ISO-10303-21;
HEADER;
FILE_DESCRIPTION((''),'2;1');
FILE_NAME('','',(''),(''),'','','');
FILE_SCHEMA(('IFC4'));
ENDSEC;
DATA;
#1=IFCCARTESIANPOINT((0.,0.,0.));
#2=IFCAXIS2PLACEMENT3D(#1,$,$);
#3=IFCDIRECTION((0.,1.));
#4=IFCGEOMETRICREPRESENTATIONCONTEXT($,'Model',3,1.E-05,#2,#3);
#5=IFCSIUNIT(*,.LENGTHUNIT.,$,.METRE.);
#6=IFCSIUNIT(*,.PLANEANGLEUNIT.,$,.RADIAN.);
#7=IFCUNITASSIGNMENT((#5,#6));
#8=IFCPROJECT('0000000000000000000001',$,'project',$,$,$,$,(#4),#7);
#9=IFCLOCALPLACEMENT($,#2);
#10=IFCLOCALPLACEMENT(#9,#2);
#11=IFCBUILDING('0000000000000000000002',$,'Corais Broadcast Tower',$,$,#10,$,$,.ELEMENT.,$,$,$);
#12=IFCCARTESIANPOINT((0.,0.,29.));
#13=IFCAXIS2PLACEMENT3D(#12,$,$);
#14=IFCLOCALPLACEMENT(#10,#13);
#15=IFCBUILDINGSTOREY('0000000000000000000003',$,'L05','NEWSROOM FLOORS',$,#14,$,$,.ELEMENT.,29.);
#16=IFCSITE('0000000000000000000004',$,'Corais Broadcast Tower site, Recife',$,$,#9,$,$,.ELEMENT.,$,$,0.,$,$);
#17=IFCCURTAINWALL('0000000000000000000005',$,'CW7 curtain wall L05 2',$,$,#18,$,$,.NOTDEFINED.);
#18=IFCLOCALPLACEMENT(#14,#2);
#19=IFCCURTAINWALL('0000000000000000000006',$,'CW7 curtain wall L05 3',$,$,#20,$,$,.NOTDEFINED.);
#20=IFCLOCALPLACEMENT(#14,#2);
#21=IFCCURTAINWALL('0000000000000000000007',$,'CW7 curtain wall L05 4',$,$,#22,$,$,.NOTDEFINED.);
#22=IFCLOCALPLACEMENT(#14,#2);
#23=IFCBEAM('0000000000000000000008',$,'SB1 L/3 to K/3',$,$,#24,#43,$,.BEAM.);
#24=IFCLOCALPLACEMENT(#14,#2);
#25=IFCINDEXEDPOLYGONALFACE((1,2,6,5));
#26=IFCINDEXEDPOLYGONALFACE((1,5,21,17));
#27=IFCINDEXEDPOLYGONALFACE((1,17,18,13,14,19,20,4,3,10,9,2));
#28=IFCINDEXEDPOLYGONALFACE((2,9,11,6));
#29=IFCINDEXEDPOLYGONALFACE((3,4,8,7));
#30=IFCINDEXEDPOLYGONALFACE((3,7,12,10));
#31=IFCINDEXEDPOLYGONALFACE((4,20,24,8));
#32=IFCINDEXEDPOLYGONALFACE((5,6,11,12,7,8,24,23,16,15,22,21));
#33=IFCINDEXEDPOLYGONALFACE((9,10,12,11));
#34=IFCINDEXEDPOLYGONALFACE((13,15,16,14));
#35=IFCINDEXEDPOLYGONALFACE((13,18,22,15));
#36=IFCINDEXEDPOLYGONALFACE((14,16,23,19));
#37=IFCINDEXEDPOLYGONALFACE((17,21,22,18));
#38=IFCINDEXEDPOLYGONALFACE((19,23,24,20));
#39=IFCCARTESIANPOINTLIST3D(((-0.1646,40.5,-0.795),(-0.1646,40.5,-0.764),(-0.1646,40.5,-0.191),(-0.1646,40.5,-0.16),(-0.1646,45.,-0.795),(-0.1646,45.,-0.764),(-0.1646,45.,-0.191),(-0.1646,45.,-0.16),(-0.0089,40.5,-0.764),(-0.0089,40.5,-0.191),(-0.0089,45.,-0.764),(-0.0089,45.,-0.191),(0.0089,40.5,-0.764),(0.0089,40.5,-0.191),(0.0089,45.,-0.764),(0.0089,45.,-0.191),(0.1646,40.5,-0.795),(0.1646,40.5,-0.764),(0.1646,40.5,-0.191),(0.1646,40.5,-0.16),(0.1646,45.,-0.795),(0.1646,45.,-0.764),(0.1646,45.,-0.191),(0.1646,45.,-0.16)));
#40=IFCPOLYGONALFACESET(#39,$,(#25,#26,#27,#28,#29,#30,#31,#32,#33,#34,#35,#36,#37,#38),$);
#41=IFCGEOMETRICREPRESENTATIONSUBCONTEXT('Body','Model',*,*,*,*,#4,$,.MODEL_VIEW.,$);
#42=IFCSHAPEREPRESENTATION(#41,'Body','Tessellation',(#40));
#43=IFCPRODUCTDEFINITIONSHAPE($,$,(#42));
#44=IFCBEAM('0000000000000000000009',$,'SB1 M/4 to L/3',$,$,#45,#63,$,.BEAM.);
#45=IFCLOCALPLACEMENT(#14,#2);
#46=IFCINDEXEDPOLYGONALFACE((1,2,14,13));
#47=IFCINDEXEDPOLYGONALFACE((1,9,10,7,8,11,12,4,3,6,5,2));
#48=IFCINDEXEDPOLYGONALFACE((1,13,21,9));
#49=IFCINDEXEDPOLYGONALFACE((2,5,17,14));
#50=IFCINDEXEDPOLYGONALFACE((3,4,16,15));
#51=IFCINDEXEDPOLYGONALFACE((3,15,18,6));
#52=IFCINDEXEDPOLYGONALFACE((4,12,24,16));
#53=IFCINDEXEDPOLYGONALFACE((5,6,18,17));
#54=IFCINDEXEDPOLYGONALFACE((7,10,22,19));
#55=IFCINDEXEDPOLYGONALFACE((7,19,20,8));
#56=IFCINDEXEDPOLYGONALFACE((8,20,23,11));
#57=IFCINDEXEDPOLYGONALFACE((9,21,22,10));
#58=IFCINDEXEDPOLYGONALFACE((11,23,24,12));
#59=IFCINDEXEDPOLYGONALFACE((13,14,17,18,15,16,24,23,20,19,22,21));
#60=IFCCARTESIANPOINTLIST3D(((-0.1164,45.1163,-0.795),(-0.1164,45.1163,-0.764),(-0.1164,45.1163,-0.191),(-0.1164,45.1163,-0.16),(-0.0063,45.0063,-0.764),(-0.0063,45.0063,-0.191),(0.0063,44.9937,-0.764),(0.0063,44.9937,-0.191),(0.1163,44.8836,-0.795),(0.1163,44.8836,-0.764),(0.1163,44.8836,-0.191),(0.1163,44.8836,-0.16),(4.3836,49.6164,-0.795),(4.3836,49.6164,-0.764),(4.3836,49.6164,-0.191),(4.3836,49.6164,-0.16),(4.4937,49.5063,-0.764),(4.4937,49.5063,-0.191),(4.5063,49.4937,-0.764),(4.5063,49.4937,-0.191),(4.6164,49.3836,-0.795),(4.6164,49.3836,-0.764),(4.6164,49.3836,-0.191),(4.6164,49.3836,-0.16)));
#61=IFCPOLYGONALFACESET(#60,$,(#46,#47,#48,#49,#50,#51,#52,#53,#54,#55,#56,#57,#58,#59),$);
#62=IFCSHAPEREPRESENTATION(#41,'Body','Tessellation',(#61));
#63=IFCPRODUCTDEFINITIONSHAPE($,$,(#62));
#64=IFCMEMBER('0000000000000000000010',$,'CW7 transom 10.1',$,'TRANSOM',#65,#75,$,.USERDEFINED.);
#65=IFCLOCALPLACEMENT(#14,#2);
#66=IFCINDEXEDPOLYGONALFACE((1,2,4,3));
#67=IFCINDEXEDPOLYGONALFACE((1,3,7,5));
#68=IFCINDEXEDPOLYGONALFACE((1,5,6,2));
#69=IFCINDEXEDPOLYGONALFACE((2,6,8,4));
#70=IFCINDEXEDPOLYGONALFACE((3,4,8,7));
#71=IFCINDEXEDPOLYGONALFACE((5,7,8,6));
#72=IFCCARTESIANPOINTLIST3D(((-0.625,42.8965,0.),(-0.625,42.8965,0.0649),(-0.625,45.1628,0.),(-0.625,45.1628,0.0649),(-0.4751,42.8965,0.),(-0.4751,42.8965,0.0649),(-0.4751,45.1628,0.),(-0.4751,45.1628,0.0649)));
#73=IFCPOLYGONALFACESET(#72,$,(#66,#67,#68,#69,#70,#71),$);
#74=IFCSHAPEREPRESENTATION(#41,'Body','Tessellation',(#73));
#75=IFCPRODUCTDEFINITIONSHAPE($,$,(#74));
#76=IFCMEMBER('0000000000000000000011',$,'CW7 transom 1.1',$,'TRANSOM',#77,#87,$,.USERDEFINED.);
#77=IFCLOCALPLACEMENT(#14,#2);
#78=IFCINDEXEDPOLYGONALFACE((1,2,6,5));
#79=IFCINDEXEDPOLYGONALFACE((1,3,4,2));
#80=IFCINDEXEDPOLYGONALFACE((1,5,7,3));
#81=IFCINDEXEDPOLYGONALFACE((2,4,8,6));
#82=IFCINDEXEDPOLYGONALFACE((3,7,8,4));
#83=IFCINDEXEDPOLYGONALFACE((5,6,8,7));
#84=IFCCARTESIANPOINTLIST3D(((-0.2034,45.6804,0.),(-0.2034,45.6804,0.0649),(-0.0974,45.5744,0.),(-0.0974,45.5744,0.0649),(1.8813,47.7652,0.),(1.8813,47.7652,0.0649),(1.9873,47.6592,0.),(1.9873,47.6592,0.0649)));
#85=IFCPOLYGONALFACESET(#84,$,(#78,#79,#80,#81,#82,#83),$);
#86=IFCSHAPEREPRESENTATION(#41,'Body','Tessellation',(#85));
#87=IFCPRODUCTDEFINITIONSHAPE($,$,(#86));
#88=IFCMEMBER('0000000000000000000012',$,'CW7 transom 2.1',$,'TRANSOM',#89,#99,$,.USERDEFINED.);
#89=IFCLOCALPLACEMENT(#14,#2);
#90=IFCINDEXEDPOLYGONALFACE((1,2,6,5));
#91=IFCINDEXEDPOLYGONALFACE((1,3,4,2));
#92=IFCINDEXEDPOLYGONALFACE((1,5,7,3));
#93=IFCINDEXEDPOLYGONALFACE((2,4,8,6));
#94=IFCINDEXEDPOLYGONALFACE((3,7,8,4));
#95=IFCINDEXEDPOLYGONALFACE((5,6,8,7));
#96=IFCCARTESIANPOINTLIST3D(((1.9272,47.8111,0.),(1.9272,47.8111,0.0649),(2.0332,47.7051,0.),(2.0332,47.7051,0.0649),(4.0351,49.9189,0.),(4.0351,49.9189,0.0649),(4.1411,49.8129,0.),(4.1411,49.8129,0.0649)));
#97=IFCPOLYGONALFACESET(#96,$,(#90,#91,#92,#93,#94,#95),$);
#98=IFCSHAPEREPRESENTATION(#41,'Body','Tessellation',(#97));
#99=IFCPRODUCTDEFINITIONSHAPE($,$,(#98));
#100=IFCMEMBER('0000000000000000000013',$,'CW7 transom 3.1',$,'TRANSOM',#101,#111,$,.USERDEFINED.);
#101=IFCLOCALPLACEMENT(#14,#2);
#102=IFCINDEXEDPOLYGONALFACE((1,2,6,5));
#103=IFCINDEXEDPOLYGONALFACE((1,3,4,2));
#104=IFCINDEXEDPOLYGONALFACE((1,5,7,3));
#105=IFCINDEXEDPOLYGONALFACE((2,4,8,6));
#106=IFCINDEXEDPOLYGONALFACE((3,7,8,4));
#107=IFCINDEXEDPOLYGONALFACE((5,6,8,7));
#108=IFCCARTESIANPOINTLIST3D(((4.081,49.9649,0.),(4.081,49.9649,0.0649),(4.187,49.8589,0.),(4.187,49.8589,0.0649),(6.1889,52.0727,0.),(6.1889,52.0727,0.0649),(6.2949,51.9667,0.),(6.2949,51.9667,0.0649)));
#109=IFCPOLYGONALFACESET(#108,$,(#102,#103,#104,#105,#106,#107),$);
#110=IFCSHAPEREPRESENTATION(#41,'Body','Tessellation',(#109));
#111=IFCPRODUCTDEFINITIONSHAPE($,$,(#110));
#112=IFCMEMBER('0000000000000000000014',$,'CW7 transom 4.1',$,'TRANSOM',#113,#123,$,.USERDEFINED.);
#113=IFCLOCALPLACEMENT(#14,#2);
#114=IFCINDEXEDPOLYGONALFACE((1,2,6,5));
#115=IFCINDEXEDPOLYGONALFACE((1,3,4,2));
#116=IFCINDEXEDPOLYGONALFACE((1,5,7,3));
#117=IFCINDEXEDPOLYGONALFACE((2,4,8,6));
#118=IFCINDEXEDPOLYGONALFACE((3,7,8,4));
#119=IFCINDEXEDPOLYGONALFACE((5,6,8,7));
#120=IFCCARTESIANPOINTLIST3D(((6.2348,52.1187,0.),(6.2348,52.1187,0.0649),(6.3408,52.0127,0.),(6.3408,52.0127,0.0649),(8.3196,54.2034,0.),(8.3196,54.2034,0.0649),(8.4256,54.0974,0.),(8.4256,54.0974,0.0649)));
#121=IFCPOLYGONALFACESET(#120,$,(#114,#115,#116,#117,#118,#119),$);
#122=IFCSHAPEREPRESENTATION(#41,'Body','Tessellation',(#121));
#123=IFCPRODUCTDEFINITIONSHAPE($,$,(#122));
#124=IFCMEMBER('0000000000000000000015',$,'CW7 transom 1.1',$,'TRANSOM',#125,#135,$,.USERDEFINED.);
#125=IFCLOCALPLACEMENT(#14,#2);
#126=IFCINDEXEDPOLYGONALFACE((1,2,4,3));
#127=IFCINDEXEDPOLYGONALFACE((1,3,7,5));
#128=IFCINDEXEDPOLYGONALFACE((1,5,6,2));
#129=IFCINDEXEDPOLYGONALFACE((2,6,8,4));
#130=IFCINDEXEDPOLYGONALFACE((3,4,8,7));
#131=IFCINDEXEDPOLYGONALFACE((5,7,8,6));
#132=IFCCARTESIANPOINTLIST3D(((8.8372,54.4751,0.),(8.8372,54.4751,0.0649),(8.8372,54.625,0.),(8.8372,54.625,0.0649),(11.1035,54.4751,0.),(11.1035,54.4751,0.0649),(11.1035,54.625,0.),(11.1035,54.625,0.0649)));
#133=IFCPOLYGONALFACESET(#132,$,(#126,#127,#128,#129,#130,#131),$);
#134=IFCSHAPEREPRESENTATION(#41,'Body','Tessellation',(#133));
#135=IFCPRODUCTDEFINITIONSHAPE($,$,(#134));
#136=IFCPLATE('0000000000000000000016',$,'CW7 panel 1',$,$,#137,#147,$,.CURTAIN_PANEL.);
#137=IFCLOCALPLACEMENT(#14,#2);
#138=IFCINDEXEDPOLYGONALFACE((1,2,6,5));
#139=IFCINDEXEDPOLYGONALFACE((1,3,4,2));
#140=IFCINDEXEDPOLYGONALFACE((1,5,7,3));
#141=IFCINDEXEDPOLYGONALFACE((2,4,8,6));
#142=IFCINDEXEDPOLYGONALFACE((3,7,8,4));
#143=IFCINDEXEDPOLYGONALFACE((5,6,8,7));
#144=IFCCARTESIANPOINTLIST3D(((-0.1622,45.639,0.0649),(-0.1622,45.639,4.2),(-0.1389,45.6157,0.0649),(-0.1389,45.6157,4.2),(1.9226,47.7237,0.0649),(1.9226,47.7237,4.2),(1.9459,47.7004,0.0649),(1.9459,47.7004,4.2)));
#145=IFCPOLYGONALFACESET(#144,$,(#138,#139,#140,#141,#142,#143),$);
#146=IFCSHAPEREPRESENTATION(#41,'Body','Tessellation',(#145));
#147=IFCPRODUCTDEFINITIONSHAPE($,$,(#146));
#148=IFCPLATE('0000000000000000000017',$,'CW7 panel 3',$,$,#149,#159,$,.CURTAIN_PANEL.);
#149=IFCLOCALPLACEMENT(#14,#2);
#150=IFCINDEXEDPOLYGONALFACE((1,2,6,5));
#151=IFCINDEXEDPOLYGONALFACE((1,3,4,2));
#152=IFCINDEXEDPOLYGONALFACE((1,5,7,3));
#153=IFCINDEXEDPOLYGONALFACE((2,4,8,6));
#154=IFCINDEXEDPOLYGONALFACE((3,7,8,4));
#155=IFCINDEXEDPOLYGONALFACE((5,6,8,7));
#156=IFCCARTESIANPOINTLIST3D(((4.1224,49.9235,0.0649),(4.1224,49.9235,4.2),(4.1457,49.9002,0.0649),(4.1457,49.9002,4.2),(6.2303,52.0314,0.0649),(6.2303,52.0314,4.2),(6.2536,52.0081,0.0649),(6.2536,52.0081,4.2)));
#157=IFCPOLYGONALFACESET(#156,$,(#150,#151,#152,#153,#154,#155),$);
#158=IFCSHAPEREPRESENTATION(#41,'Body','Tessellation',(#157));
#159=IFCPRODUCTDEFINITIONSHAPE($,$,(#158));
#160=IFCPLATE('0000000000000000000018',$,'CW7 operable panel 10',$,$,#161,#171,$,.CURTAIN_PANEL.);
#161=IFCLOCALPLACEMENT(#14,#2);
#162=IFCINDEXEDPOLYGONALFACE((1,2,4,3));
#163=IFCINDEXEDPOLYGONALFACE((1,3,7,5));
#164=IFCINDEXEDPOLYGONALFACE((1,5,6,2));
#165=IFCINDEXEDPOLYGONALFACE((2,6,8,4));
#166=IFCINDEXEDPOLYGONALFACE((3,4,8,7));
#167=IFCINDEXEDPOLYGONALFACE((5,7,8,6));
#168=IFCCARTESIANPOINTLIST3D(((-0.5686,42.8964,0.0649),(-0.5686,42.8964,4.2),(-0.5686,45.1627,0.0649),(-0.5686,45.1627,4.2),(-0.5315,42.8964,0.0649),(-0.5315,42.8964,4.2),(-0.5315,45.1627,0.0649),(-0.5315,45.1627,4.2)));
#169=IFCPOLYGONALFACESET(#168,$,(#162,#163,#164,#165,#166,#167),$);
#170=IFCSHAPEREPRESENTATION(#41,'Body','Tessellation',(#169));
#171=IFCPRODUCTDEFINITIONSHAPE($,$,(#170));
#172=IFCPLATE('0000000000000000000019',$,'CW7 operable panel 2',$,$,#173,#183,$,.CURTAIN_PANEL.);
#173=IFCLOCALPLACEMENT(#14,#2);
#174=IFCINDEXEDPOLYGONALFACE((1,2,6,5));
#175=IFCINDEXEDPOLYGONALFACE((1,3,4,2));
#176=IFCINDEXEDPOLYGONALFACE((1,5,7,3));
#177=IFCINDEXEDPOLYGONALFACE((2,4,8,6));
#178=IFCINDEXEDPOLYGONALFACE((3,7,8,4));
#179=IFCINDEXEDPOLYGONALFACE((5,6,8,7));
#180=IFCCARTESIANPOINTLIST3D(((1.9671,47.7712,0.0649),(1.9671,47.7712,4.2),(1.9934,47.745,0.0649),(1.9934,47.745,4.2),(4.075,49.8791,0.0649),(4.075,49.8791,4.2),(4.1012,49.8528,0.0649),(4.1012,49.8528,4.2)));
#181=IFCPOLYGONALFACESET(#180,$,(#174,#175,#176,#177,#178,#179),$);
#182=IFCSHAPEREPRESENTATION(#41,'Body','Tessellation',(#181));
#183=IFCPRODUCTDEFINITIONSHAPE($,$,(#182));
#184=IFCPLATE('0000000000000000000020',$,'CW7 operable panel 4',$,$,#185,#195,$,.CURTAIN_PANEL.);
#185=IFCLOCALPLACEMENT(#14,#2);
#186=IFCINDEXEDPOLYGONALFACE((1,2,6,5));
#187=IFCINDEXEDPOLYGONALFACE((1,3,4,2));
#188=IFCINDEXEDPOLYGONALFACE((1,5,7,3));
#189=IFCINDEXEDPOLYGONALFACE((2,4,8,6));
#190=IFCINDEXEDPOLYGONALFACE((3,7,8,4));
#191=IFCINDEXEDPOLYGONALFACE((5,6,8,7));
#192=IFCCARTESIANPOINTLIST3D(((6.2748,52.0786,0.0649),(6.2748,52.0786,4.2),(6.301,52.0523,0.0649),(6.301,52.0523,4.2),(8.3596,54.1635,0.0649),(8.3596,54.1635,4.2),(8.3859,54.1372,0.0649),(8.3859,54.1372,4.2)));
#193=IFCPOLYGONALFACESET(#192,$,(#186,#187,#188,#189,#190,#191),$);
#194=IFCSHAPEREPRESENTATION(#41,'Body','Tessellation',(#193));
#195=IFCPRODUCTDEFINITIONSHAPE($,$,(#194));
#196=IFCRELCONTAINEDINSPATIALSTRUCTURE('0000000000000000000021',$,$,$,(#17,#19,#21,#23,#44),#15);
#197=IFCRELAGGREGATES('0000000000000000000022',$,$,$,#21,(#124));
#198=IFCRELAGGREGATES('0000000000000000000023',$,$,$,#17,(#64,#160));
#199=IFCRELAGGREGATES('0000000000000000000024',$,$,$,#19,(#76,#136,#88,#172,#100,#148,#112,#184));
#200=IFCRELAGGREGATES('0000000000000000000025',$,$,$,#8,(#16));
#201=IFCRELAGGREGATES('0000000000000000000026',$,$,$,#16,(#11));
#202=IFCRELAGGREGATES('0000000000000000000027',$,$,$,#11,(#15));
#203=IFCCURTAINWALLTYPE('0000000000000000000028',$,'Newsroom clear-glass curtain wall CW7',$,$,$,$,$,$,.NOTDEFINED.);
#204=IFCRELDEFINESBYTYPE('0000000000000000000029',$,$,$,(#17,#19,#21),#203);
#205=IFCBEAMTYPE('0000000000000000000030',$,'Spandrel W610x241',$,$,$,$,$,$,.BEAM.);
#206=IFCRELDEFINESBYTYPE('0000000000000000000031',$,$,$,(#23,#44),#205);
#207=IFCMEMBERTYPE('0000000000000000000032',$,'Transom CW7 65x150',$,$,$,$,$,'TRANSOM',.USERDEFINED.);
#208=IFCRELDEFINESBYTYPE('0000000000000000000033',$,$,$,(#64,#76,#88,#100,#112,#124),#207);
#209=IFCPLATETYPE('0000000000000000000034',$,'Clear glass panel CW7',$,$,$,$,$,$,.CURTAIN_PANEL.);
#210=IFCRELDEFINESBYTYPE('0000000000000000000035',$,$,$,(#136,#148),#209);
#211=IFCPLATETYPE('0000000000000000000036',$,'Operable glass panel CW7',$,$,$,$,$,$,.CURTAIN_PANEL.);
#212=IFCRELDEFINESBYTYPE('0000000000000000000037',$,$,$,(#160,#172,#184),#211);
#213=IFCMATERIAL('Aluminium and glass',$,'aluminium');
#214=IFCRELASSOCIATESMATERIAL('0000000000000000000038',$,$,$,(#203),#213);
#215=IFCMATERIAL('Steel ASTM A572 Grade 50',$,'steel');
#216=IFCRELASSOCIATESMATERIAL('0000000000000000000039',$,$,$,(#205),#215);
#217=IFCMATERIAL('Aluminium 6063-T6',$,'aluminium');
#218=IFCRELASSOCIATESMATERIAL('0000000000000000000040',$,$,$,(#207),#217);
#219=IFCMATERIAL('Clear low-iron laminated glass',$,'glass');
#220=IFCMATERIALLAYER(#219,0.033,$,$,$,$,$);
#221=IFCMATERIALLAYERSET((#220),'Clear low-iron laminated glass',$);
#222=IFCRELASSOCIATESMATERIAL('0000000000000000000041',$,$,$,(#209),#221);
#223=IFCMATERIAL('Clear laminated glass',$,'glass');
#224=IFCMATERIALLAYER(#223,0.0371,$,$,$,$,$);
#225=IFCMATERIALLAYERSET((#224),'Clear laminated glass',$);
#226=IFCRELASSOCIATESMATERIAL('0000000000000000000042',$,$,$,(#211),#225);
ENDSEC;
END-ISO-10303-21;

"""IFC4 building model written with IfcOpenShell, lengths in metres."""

from ifc_helpers import new_model, si_unit, direction, frame, origin, origin_2d, place, context, subcontext, project, spatial, rectangle, i_section, extrude, material, layer, layer_set, material_profile, profile_set, type_object, element, aggregate, save


model = new_model("IFC4")

# Units and contexts
model_context = context("Model", 3, precision=1e-05, world=origin(), true_north=direction((0.0, 1.0)))
body_context = subcontext(model_context, "Body", "Model", "MODEL_VIEW")
ifc_project = project(units=[si_unit("LENGTHUNIT", "METRE"), si_unit("PLANEANGLEUNIT", "RADIAN")], contexts=[model_context])

# Site, building, storey
site_placement = place(None, origin())
site = spatial("IfcSite", under=ifc_project, at=site_placement, Name="Corais Broadcast Tower site, Recife", CompositionType="ELEMENT", RefElevation=0.0)
building_placement = place(site_placement, origin())
building = spatial("IfcBuilding", under=site, at=building_placement, Name="Corais Broadcast Tower", CompositionType="ELEMENT")
storey_placement = place(building_placement, frame((0.0, 0.0, 29.0)))
storey = spatial("IfcBuildingStorey", under=building, at=storey_placement, Name="L05", Description="NEWSROOM FLOORS", CompositionType="ELEMENT", Elevation=29.0)

# Curtain wall
ifc_material_1 = material(Name="Aluminium and glass", Category="aluminium")
curtain_wall_type = type_object("IfcCurtainWallType", Name="Newsroom clear-glass curtain wall CW7", PredefinedType="NOTDEFINED", material=ifc_material_1)
curtain_wall_1_placement = place(storey_placement, origin())
curtain_wall_1 = element("IfcCurtainWall", 1, at=curtain_wall_1_placement, inside=storey, type_object=curtain_wall_type, Name="CW7 curtain wall L05 2", PredefinedType="NOTDEFINED")

# Curtain wall
curtain_wall_2_placement = place(storey_placement, origin())
curtain_wall_2 = element("IfcCurtainWall", 2, at=curtain_wall_2_placement, inside=storey, type_object=curtain_wall_type, Name="CW7 curtain wall L05 3", PredefinedType="NOTDEFINED")

# Curtain wall
curtain_wall_3_placement = place(storey_placement, origin())
curtain_wall_3 = element("IfcCurtainWall", 3, at=curtain_wall_3_placement, inside=storey, type_object=curtain_wall_type, Name="CW7 curtain wall L05 4", PredefinedType="NOTDEFINED")

# Beams
ifc_material_2 = material(Name="Steel ASTM A572 Grade 50", Category="steel")
ifc_material_profile_1 = material_profile(ifc_material_2, i_section(OverallWidth=0.3291, OverallDepth=0.635, WebThickness=0.0178, FlangeThickness=0.031, at=origin_2d()), Name="W610x241")
ifc_profile_set_1 = profile_set([ifc_material_profile_1], Name="Steel ASTM A572 Grade 50")
beam_type_1 = type_object("IfcBeamType", Name="Spandrel W610x241", PredefinedType="BEAM", material=ifc_profile_set_1)
beam_1_placement = place(storey_placement, frame((0.0, 45.0, -0.4775), z_axis=(0.0, -1.0, 0.0), x_axis=(1.0, 0.0, 0.0)))
element("IfcBeam", 4, at=beam_1_placement, inside=storey, type_object=beam_type_1, Name="SB1 L/3 to K/3", PredefinedType="BEAM", context=body_context, shape_type="SweptSolid", body=[
    extrude(i_section(OverallWidth=0.3291, OverallDepth=0.635, WebThickness=0.0178, FlangeThickness=0.031, at=origin_2d()), origin(), (0.0, 0.0, 1.0), 4.5),
])
beam_2_placement = place(storey_placement, frame((4.5, 49.5, -0.4775), z_axis=(-0.707107, -0.707107, 0.0), x_axis=(0.707107, -0.707107, 0.0)))
element("IfcBeam", 5, at=beam_2_placement, inside=storey, type_object=beam_type_1, Name="SB1 M/4 to L/3", PredefinedType="BEAM", context=body_context, shape_type="SweptSolid", body=[
    extrude(i_section(OverallWidth=0.3291, OverallDepth=0.635, WebThickness=0.0178, FlangeThickness=0.031, at=origin_2d()), origin(), (0.0, 0.0, 1.0), 6.364),
])

# Members
ifc_material_3 = material(Name="Aluminium 6063-T6", Category="aluminium")
ifc_material_profile_2 = material_profile(ifc_material_3, rectangle(XDim=0.1499, YDim=0.0649, at=origin_2d()), Name="Transom CW7 65x150")
ifc_profile_set_2 = profile_set([ifc_material_profile_2], Name="Aluminium 6063-T6")
member_type_1 = type_object("IfcMemberType", Name="Transom CW7 65x150", ElementType="TRANSOM", PredefinedType="USERDEFINED", material=ifc_profile_set_2)
member_1_placement = place(storey_placement, frame((-0.55, 42.8965, 0.0325), z_axis=(0.0, 1.0, 0.0), x_axis=(-1.0, 0.0, 0.0)))
member_1 = element("IfcMember", 6, at=member_1_placement, type_object=member_type_1, Name="CW7 transom 10.1", ObjectType="TRANSOM", PredefinedType="USERDEFINED", context=body_context, shape_type="SweptSolid", body=[
    extrude(rectangle(XDim=0.1499, YDim=0.0649, at=origin_2d()), origin(), (0.0, 0.0, 1.0), 2.2664),
])
member_2_placement = place(storey_placement, frame((-0.1504, 45.6274, 0.0325), z_axis=(0.707107, 0.707107, 0.0), x_axis=(-0.707107, 0.707107, 0.0)))
member_2 = element("IfcMember", 7, at=member_2_placement, type_object=member_type_1, Name="CW7 transom 1.1", ObjectType="TRANSOM", PredefinedType="USERDEFINED", context=body_context, shape_type="SweptSolid", body=[
    extrude(rectangle(XDim=0.1499, YDim=0.0649, at=origin_2d()), origin(), (0.0, 0.0, 1.0), 2.9482),
])
member_3_placement = place(storey_placement, frame((1.9802, 47.7581, 0.0325), z_axis=(0.707107, 0.707107, 0.0), x_axis=(-0.707107, 0.707107, 0.0)))
member_3 = element("IfcMember", 8, at=member_3_placement, type_object=member_type_1, Name="CW7 transom 2.1", ObjectType="TRANSOM", PredefinedType="USERDEFINED", context=body_context, shape_type="SweptSolid", body=[
    extrude(rectangle(XDim=0.1499, YDim=0.0649, at=origin_2d()), origin(), (0.0, 0.0, 1.0), 2.981),
])
member_4_placement = place(storey_placement, frame((4.134, 49.9119, 0.0325), z_axis=(0.707107, 0.707107, 0.0), x_axis=(-0.707107, 0.707107, 0.0)))
member_4 = element("IfcMember", 9, at=member_4_placement, type_object=member_type_1, Name="CW7 transom 3.1", ObjectType="TRANSOM", PredefinedType="USERDEFINED", context=body_context, shape_type="SweptSolid", body=[
    extrude(rectangle(XDim=0.1499, YDim=0.0649, at=origin_2d()), origin(), (0.0, 0.0, 1.0), 2.981),
])
member_5_placement = place(storey_placement, frame((6.2878, 52.0657, 0.0325), z_axis=(0.707107, 0.707107, 0.0), x_axis=(-0.707107, 0.707107, 0.0)))
member_5 = element("IfcMember", 10, at=member_5_placement, type_object=member_type_1, Name="CW7 transom 4.1", ObjectType="TRANSOM", PredefinedType="USERDEFINED", context=body_context, shape_type="SweptSolid", body=[
    extrude(rectangle(XDim=0.1499, YDim=0.0649, at=origin_2d()), origin(), (0.0, 0.0, 1.0), 2.9482),
])
member_6_placement = place(storey_placement, frame((8.8372, 54.55, 0.0325), z_axis=(1.0, 0.0, 0.0), x_axis=(0.0, 1.0, 0.0)))
member_6 = element("IfcMember", 11, at=member_6_placement, type_object=member_type_1, Name="CW7 transom 1.1", ObjectType="TRANSOM", PredefinedType="USERDEFINED", context=body_context, shape_type="SweptSolid", body=[
    extrude(rectangle(XDim=0.1499, YDim=0.0649, at=origin_2d()), origin(), (0.0, 0.0, 1.0), 2.2664),
])
aggregate(curtain_wall_3, [member_6])

# Plates
ifc_material_4 = material(Name="Clear low-iron laminated glass", Category="glass")
ifc_layer_1 = layer(ifc_material_4, 0.033)
ifc_layer_set_1 = layer_set([ifc_layer_1], Name="Clear low-iron laminated glass")
plate_type_1 = type_object("IfcPlateType", Name="Clear glass panel CW7", PredefinedType="CURTAIN_PANEL", material=ifc_layer_set_1)
plate_1_placement = place(storey_placement, frame((0.8918, 46.6697, 0.0649), z_axis=(0.0, 0.0, 1.0), x_axis=(0.707107, 0.707107, 0.0)))
plate_1 = element("IfcPlate", 12, at=plate_1_placement, type_object=plate_type_1, Name="CW7 panel 1", PredefinedType="CURTAIN_PANEL", context=body_context, shape_type="SweptSolid", body=[
    extrude(rectangle(XDim=2.9482, YDim=0.033, at=origin_2d()), origin(), (0.0, 0.0, 1.0), 4.135),
])
plate_2_placement = place(storey_placement, frame((5.188, 50.9658, 0.0649), z_axis=(0.0, 0.0, 1.0), x_axis=(0.707107, 0.707107, 0.0)))
plate_2 = element("IfcPlate", 13, at=plate_2_placement, type_object=plate_type_1, Name="CW7 panel 3", PredefinedType="CURTAIN_PANEL", context=body_context, shape_type="SweptSolid", body=[
    extrude(rectangle(XDim=2.981, YDim=0.033, at=origin_2d()), origin(), (0.0, 0.0, 1.0), 4.135),
])
ifc_material_5 = material(Name="Clear laminated glass", Category="glass")
ifc_layer_2 = layer(ifc_material_5, 0.0371)
ifc_layer_set_2 = layer_set([ifc_layer_2], Name="Clear laminated glass")
plate_type_2 = type_object("IfcPlateType", Name="Operable glass panel CW7", PredefinedType="CURTAIN_PANEL", material=ifc_layer_set_2)
plate_3_placement = place(storey_placement, frame((-0.55, 44.0295, 0.0649), z_axis=(0.0, 0.0, 1.0), x_axis=(0.0, 1.0, 0.0)))
plate_3 = element("IfcPlate", 14, at=plate_3_placement, type_object=plate_type_2, Name="CW7 operable panel 10", PredefinedType="CURTAIN_PANEL", context=body_context, shape_type="SweptSolid", body=[
    extrude(rectangle(XDim=2.2664, YDim=0.0371, at=origin_2d()), origin(), (0.0, 0.0, 1.0), 4.135),
])
aggregate(curtain_wall_1, [member_1, plate_3])
plate_4_placement = place(storey_placement, frame((3.0342, 48.812, 0.0649), z_axis=(0.0, 0.0, 1.0), x_axis=(0.707107, 0.707107, 0.0)))
plate_4 = element("IfcPlate", 15, at=plate_4_placement, type_object=plate_type_2, Name="CW7 operable panel 2", PredefinedType="CURTAIN_PANEL", context=body_context, shape_type="SweptSolid", body=[
    extrude(rectangle(XDim=2.981, YDim=0.0371, at=origin_2d()), origin(), (0.0, 0.0, 1.0), 4.135),
])
plate_5_placement = place(storey_placement, frame((7.3303, 53.1079, 0.0649), z_axis=(0.0, 0.0, 1.0), x_axis=(0.707107, 0.707107, 0.0)))
plate_5 = element("IfcPlate", 16, at=plate_5_placement, type_object=plate_type_2, Name="CW7 operable panel 4", PredefinedType="CURTAIN_PANEL", context=body_context, shape_type="SweptSolid", body=[
    extrude(rectangle(XDim=2.9485, YDim=0.0371, at=origin_2d()), origin(), (0.0, 0.0, 1.0), 4.135),
])
aggregate(curtain_wall_2, [member_2, plate_1, member_3, plate_4, member_4, plate_2, member_5, plate_5])

save(model, "model.ifc")
